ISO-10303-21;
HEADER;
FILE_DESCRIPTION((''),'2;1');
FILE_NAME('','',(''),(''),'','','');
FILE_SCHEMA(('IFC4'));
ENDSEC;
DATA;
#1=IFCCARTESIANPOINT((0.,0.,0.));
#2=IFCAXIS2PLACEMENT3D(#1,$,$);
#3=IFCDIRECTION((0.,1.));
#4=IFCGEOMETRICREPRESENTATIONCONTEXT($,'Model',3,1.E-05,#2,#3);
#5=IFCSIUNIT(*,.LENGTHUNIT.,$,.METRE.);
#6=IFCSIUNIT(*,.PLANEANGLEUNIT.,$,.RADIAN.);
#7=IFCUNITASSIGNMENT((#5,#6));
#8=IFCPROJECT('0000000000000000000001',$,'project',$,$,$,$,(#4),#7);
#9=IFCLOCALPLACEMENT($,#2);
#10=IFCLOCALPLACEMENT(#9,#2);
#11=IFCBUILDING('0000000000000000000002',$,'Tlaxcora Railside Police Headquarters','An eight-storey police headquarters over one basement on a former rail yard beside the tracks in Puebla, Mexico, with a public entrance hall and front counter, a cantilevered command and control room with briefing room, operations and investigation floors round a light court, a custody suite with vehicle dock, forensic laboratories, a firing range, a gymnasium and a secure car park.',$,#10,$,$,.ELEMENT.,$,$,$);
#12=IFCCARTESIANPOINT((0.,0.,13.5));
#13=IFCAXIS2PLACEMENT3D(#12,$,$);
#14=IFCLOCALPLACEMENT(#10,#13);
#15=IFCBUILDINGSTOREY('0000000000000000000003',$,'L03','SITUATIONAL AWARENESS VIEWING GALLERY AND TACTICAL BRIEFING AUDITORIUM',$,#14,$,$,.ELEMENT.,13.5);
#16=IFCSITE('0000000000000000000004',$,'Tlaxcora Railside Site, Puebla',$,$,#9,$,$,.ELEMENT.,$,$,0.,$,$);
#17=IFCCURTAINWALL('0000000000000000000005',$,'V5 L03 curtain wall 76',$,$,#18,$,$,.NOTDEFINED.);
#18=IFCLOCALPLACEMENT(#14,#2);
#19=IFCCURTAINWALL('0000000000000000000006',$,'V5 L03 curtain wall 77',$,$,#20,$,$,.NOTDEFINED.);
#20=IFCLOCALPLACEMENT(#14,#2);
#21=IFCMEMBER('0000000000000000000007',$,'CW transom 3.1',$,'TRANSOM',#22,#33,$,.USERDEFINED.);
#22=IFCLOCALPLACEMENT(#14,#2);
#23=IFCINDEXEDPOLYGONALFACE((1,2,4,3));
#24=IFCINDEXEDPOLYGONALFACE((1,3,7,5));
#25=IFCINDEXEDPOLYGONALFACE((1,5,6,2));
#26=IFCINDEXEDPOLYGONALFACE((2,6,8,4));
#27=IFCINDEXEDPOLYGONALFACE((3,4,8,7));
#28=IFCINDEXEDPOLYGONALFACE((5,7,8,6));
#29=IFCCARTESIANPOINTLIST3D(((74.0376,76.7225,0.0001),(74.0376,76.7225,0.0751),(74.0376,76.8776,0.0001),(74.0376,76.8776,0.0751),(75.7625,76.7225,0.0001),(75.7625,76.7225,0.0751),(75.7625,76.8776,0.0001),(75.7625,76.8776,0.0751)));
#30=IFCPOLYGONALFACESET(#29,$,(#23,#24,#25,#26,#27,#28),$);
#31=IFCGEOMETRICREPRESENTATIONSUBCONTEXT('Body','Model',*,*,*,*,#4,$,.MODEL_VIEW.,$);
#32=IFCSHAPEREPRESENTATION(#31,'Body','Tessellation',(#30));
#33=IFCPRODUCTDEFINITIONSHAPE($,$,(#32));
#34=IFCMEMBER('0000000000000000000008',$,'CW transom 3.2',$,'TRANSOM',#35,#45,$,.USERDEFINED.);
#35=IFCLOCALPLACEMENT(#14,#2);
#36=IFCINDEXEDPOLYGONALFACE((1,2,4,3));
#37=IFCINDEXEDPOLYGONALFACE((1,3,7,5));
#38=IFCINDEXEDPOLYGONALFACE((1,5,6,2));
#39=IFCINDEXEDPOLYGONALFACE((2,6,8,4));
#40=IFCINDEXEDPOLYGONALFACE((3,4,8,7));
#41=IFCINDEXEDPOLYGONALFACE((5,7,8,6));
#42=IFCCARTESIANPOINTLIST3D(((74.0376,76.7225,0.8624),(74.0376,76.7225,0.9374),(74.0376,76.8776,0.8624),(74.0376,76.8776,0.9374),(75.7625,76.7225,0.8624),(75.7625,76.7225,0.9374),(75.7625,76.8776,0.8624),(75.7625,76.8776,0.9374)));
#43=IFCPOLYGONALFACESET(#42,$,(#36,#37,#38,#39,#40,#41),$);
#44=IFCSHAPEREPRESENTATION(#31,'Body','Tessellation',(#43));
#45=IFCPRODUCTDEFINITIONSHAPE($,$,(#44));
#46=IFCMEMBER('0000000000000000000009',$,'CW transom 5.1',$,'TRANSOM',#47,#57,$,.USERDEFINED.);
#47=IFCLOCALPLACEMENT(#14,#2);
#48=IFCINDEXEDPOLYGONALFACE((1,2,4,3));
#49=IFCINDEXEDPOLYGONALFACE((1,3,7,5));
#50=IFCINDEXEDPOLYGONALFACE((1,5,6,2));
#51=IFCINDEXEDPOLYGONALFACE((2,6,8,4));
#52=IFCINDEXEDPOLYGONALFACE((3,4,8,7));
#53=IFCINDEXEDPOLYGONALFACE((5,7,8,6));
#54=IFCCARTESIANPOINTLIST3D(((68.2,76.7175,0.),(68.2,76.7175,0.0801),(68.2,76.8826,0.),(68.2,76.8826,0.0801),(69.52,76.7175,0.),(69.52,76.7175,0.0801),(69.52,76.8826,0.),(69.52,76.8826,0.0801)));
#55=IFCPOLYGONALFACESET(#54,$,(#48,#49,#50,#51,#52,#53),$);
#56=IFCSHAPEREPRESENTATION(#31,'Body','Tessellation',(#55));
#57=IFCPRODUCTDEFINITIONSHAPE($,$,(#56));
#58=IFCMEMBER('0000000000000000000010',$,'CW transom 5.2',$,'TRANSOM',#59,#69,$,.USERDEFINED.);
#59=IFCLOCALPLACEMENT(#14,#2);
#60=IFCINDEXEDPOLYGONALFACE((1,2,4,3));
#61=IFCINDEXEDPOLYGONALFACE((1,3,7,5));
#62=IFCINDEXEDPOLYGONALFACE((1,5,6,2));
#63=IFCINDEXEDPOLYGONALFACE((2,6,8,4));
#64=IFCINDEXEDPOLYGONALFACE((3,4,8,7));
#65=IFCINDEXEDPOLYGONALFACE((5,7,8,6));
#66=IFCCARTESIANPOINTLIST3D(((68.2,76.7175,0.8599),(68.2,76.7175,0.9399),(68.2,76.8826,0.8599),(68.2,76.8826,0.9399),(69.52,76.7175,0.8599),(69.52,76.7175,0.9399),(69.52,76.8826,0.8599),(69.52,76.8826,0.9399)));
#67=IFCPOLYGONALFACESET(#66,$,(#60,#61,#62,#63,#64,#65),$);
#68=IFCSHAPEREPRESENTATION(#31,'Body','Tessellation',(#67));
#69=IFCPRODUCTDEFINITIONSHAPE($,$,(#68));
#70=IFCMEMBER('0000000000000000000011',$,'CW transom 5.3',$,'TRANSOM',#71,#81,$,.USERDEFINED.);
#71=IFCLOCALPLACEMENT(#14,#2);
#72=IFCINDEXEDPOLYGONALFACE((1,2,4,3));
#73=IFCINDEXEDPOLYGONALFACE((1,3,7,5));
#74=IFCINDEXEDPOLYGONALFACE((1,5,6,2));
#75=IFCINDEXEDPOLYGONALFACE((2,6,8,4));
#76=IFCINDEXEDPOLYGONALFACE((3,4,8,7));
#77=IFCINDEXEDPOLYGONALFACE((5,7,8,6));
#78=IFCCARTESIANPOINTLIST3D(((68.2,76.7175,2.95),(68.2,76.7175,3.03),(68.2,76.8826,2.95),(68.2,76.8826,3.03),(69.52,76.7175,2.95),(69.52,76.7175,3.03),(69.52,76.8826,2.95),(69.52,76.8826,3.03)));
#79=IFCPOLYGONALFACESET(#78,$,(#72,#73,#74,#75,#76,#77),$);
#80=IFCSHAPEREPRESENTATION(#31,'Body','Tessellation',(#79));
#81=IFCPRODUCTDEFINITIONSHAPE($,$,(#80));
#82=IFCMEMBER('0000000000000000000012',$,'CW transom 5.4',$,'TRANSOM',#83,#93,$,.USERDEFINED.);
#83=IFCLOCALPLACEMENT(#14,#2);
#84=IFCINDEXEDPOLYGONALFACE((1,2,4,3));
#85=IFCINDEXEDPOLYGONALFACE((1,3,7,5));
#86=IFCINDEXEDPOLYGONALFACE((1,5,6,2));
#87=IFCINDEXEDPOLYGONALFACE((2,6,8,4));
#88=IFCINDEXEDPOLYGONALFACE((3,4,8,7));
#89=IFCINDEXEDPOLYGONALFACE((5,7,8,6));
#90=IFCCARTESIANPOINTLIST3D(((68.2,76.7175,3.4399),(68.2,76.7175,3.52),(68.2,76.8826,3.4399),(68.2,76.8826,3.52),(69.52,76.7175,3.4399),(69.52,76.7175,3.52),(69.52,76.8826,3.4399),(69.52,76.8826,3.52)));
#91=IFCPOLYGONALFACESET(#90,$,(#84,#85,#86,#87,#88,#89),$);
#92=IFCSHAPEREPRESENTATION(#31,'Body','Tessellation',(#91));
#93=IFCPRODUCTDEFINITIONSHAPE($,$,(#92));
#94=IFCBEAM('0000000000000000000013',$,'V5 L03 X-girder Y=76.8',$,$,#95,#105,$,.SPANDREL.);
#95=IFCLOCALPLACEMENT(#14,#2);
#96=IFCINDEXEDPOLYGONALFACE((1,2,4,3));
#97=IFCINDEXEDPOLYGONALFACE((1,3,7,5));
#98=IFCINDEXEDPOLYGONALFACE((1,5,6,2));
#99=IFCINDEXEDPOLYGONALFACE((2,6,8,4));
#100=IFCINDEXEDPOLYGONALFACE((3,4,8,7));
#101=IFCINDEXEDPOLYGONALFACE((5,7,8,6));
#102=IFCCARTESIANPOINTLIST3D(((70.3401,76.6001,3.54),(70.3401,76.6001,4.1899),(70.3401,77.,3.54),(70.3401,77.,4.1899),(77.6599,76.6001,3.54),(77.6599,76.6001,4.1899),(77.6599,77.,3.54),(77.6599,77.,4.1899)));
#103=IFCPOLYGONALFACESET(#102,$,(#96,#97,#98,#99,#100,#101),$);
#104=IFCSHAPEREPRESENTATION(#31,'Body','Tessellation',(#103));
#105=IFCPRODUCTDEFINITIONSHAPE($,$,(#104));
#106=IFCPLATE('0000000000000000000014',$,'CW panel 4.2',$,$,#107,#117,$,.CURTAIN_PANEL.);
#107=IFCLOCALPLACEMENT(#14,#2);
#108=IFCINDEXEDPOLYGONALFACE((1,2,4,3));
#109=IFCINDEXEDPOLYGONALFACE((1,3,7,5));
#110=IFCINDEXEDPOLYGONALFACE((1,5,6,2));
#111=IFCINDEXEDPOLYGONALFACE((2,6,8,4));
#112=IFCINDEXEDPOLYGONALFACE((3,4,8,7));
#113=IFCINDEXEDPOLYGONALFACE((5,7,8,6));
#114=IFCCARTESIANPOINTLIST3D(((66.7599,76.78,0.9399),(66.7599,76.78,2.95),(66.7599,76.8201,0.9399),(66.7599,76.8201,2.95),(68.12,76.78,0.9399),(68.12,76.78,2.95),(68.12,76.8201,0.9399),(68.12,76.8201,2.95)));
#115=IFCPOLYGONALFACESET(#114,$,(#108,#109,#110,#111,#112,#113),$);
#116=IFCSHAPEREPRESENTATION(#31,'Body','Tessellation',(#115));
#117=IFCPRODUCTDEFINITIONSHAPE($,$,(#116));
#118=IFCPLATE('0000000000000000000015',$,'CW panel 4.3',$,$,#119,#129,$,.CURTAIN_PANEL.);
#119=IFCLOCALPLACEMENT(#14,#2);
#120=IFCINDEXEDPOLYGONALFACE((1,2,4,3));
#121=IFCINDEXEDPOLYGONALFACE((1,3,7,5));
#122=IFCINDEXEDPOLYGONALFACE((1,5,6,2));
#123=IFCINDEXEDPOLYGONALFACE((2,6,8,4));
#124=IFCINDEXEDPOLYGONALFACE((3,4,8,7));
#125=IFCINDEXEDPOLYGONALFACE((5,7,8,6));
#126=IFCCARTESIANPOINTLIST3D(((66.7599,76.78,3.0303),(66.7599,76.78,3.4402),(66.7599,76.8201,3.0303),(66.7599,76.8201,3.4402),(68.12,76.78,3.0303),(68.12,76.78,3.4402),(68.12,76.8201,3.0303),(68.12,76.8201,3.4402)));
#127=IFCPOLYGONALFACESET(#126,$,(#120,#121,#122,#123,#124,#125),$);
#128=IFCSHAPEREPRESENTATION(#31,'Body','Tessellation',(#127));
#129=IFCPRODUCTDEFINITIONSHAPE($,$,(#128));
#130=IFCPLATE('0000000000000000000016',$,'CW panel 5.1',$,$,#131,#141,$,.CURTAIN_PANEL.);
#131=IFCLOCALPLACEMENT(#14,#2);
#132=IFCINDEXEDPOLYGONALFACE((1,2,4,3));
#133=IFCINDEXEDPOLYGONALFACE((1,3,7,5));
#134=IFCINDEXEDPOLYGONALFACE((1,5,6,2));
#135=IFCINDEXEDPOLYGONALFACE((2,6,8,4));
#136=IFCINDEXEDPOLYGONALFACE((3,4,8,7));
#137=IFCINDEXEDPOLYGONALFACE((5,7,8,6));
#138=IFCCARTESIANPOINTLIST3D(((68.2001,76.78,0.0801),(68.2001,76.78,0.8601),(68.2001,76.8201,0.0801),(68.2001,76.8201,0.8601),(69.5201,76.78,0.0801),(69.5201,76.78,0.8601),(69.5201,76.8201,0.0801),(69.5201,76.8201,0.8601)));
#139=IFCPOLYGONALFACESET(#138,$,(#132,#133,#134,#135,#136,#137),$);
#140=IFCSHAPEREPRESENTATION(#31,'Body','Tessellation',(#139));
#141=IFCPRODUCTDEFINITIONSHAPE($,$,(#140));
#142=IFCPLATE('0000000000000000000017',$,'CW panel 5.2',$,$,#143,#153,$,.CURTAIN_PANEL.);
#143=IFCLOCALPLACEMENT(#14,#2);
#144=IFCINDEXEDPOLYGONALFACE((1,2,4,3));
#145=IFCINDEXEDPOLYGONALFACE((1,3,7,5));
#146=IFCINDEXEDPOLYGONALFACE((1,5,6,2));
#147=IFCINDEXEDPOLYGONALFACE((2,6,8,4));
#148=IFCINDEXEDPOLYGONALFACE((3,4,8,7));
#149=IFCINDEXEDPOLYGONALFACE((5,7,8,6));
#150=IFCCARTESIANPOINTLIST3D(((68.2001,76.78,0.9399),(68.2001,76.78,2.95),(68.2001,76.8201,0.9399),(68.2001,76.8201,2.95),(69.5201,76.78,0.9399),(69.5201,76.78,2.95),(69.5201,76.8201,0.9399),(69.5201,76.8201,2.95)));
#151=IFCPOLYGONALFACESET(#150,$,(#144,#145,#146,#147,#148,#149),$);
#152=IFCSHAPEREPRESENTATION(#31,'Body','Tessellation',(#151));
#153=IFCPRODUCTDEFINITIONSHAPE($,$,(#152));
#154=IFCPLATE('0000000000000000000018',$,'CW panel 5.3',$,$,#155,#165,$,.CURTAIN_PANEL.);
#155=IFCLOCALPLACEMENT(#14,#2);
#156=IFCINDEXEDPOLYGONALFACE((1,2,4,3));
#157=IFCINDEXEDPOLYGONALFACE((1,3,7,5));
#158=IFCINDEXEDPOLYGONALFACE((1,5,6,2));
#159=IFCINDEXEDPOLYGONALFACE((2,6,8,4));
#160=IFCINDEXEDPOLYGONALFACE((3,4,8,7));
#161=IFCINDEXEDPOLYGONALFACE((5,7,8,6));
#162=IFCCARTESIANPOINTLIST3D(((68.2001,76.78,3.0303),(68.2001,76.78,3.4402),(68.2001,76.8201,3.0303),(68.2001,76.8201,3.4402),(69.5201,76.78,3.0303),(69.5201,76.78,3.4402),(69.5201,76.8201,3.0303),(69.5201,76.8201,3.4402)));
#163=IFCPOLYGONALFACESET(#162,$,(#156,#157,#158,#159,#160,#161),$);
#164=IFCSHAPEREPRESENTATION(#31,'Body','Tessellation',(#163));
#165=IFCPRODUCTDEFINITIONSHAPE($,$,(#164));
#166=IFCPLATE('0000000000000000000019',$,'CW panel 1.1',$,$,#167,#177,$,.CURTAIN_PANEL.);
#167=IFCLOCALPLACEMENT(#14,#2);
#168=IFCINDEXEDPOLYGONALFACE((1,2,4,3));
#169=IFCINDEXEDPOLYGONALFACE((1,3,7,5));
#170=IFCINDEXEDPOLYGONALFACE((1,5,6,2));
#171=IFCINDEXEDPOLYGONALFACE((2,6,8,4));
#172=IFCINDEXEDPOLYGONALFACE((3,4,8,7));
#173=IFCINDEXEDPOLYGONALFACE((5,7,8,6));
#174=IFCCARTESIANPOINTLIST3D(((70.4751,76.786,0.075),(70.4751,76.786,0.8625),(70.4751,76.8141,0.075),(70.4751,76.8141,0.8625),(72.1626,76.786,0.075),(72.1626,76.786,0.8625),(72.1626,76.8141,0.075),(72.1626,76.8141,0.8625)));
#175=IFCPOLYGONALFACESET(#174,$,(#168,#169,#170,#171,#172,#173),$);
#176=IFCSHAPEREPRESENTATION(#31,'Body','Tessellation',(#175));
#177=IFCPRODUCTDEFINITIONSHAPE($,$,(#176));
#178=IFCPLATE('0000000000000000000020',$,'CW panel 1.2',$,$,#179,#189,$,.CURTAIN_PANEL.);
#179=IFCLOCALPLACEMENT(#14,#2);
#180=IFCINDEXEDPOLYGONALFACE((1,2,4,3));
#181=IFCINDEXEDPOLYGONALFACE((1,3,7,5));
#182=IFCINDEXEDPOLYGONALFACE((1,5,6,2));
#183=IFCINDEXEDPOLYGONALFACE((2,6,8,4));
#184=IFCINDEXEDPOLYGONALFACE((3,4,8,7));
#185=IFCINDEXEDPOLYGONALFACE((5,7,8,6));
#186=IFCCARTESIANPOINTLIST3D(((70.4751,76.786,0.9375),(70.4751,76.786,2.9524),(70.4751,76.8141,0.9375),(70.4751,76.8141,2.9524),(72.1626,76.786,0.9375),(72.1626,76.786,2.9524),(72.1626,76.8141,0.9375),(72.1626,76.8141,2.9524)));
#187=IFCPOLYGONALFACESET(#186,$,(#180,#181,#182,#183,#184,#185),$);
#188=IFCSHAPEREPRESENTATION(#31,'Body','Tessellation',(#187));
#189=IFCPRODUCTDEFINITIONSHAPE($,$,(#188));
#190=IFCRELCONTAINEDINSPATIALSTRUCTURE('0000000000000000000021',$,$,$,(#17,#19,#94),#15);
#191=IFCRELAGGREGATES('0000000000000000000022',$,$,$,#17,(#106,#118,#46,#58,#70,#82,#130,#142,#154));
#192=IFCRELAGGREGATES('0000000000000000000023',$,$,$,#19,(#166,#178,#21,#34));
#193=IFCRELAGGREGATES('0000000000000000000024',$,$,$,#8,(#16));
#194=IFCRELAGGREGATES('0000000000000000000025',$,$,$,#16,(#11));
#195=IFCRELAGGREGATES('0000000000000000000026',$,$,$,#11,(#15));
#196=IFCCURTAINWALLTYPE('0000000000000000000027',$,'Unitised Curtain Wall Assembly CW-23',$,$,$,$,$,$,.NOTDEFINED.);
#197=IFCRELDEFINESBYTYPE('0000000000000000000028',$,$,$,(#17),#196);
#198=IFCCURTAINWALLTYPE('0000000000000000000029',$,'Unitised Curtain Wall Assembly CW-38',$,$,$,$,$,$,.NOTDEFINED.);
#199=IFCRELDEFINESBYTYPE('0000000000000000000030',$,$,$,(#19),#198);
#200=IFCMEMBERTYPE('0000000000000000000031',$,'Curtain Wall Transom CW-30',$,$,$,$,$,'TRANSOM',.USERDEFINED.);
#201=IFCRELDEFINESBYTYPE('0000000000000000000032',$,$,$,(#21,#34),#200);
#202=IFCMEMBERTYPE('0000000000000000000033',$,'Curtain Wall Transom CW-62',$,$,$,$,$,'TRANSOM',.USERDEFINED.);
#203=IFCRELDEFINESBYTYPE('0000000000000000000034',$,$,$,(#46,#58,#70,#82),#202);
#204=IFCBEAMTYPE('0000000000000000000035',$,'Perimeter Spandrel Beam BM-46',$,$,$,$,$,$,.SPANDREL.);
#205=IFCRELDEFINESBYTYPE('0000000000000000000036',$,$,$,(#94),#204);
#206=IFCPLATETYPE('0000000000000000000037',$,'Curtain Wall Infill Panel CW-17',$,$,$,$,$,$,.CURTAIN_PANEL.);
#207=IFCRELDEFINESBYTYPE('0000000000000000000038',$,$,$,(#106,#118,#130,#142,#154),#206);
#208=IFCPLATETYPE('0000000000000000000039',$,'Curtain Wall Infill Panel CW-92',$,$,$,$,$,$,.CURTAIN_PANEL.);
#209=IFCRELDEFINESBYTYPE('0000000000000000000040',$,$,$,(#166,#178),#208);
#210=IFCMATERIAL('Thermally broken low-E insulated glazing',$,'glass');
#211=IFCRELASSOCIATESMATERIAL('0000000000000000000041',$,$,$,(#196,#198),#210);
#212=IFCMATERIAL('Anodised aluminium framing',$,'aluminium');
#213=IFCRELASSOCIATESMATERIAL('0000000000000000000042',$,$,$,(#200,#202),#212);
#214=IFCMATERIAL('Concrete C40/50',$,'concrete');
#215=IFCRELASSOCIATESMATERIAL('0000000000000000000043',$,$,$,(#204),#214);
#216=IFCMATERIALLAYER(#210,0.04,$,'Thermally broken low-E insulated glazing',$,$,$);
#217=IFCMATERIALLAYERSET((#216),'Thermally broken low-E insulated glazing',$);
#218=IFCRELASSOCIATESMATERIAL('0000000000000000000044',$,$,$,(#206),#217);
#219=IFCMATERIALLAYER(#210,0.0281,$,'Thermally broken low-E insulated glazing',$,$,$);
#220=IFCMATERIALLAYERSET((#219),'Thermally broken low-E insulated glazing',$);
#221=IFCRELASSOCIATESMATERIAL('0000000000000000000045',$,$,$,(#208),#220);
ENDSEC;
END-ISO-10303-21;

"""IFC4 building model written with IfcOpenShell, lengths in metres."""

from ifc_helpers import new_model, si_unit, direction, frame, origin, origin_2d, place, context, subcontext, project, spatial, rectangle, extrude, material, layer, layer_set, material_profile, profile_set, type_object, element, aggregate, save


model = new_model("IFC4")

# Units and contexts
model_context = context("Model", 3, precision=1e-05, world=origin(), true_north=direction((0.0, 1.0)))
body_context = subcontext(model_context, "Body", "Model", "MODEL_VIEW")
ifc_project = project(units=[si_unit("LENGTHUNIT", "METRE"), si_unit("PLANEANGLEUNIT", "RADIAN")], contexts=[model_context])

# Site, building, storey
site_placement = place(None, origin())
site = spatial("IfcSite", under=ifc_project, at=site_placement, Name="Tlaxcora Railside Site, Puebla", CompositionType="ELEMENT", RefElevation=0.0)
building_placement = place(site_placement, origin())
building = spatial("IfcBuilding", under=site, at=building_placement, Name="Tlaxcora Railside Police Headquarters", Description="An eight-storey police headquarters over one basement on a former rail yard beside the tracks in Puebla, Mexico, with a public entrance hall and front counter, a cantilevered command and control room with briefing room, operations and investigation floors round a light court, a custody suite with vehicle dock, forensic laboratories, a firing range, a gymnasium and a secure car park.", CompositionType="ELEMENT")
storey_placement = place(building_placement, frame((0.0, 0.0, 13.5)))
storey = spatial("IfcBuildingStorey", under=building, at=storey_placement, Name="L03", Description="SITUATIONAL AWARENESS VIEWING GALLERY AND TACTICAL BRIEFING AUDITORIUM", CompositionType="ELEMENT", Elevation=13.5)

# Shared definitions
ifc_material_1 = material(Name="Concrete C40/50", Category="concrete")

# Curtain walls, members
ifc_material_2 = material(Name="Thermally broken low-E insulated glazing", Category="glass")
curtain_wall_type_1 = type_object("IfcCurtainWallType", Name="Unitised Curtain Wall Assembly CW-23", PredefinedType="NOTDEFINED", material=ifc_material_2)
curtain_wall_1_placement = place(storey_placement, origin())
curtain_wall_1 = element("IfcCurtainWall", 1, at=curtain_wall_1_placement, inside=storey, type_object=curtain_wall_type_1, Name="V5 L03 curtain wall 76", PredefinedType="NOTDEFINED")
ifc_material_3 = material(Name="Anodised aluminium framing", Category="aluminium")
curtain_wall_type_2 = type_object("IfcCurtainWallType", Name="Unitised Curtain Wall Assembly CW-38", PredefinedType="NOTDEFINED", material=ifc_material_2)
curtain_wall_2_placement = place(storey_placement, origin())
curtain_wall_2 = element("IfcCurtainWall", 2, at=curtain_wall_2_placement, inside=storey, type_object=curtain_wall_type_2, Name="V5 L03 curtain wall 77", PredefinedType="NOTDEFINED")
ifc_material_profile_1 = material_profile(ifc_material_3, rectangle(XDim=0.155, YDim=0.075, at=origin_2d()), Name="AL75X155")
ifc_profile_set_1 = profile_set([ifc_material_profile_1], Name="Anodised aluminium framing")
member_type_1 = type_object("IfcMemberType", Name="Curtain Wall Transom CW-30", ElementType="TRANSOM", PredefinedType="USERDEFINED", material=ifc_profile_set_1)
member_1_placement = place(storey_placement, frame((74.0376, 76.8, 0.0376), z_axis=(1.0, 0.0, 0.0), x_axis=(0.0, 1.0, 0.0)))
member_1 = element("IfcMember", 3, at=member_1_placement, type_object=member_type_1, Name="CW transom 3.1", ObjectType="TRANSOM", PredefinedType="USERDEFINED", context=body_context, shape_type="SweptSolid", body=[
    extrude(rectangle(XDim=0.155, YDim=0.075, at=origin_2d()), origin(), (0.0, 0.0, 1.0), 1.7249),
])
member_2_placement = place(storey_placement, frame((74.0376, 76.8, 0.8999), z_axis=(1.0, 0.0, 0.0), x_axis=(0.0, 1.0, 0.0)))
member_2 = element("IfcMember", 4, at=member_2_placement, type_object=member_type_1, Name="CW transom 3.2", ObjectType="TRANSOM", PredefinedType="USERDEFINED", context=body_context, shape_type="SweptSolid", body=[
    extrude(rectangle(XDim=0.155, YDim=0.075, at=origin_2d()), origin(), (0.0, 0.0, 1.0), 1.7249),
])

# Members
ifc_material_profile_2 = material_profile(ifc_material_3, rectangle(XDim=0.165, YDim=0.0801, at=origin_2d()), Name="AL80X165")
ifc_profile_set_2 = profile_set([ifc_material_profile_2], Name="Anodised aluminium framing")
member_type_2 = type_object("IfcMemberType", Name="Curtain Wall Transom CW-62", ElementType="TRANSOM", PredefinedType="USERDEFINED", material=ifc_profile_set_2)
member_3_placement = place(storey_placement, frame((68.2, 76.8, 0.04), z_axis=(1.0, 0.0, 0.0), x_axis=(0.0, 1.0, 0.0)))
member_3 = element("IfcMember", 5, at=member_3_placement, type_object=member_type_2, Name="CW transom 5.1", ObjectType="TRANSOM", PredefinedType="USERDEFINED", context=body_context, shape_type="SweptSolid", body=[
    extrude(rectangle(XDim=0.165, YDim=0.0801, at=origin_2d()), origin(), (0.0, 0.0, 1.0), 1.3201),
])
member_4_placement = place(storey_placement, frame((68.2, 76.8, 0.8999), z_axis=(1.0, 0.0, 0.0), x_axis=(0.0, 1.0, 0.0)))
member_4 = element("IfcMember", 6, at=member_4_placement, type_object=member_type_2, Name="CW transom 5.2", ObjectType="TRANSOM", PredefinedType="USERDEFINED", context=body_context, shape_type="SweptSolid", body=[
    extrude(rectangle(XDim=0.165, YDim=0.0801, at=origin_2d()), origin(), (0.0, 0.0, 1.0), 1.3201),
])
member_5_placement = place(storey_placement, frame((68.2, 76.8, 2.99), z_axis=(1.0, 0.0, 0.0), x_axis=(0.0, 1.0, 0.0)))
member_5 = element("IfcMember", 7, at=member_5_placement, type_object=member_type_2, Name="CW transom 5.3", ObjectType="TRANSOM", PredefinedType="USERDEFINED", context=body_context, shape_type="SweptSolid", body=[
    extrude(rectangle(XDim=0.165, YDim=0.0801, at=origin_2d()), origin(), (0.0, 0.0, 1.0), 1.3201),
])
member_6_placement = place(storey_placement, frame((68.2, 76.8, 3.48), z_axis=(1.0, 0.0, 0.0), x_axis=(0.0, 1.0, 0.0)))
member_6 = element("IfcMember", 8, at=member_6_placement, type_object=member_type_2, Name="CW transom 5.4", ObjectType="TRANSOM", PredefinedType="USERDEFINED", context=body_context, shape_type="SweptSolid", body=[
    extrude(rectangle(XDim=0.165, YDim=0.0801, at=origin_2d()), origin(), (0.0, 0.0, 1.0), 1.3201),
])

# Beam
ifc_material_profile_3 = material_profile(ifc_material_1, rectangle(XDim=0.3999, YDim=0.6499, at=origin_2d()), Name="RC400X650")
ifc_profile_set_3 = profile_set([ifc_material_profile_3], Name="Concrete C40/50")
beam_type = type_object("IfcBeamType", Name="Perimeter Spandrel Beam BM-46", PredefinedType="SPANDREL", material=ifc_profile_set_3)
beam_placement = place(storey_placement, frame((70.3401, 76.8, 3.865), z_axis=(1.0, 0.0, 0.0), x_axis=(0.0, 1.0, 0.0)))
element("IfcBeam", 9, at=beam_placement, inside=storey, type_object=beam_type, Name="V5 L03 X-girder Y=76.8", PredefinedType="SPANDREL", context=body_context, shape_type="SweptSolid", body=[
    extrude(rectangle(XDim=0.3999, YDim=0.6499, at=origin_2d()), origin(), (0.0, 0.0, 1.0), 7.3198),
])

# Plates
ifc_layer_1 = layer(ifc_material_2, 0.04, Name="Thermally broken low-E insulated glazing")
ifc_layer_set_1 = layer_set([ifc_layer_1], Name="Thermally broken low-E insulated glazing")
plate_type_1 = type_object("IfcPlateType", Name="Curtain Wall Infill Panel CW-17", PredefinedType="CURTAIN_PANEL", material=ifc_layer_set_1)
plate_1_placement = place(storey_placement, frame((67.4399, 76.8, 0.9399), z_axis=(0.0, 0.0, 1.0), x_axis=(1.0, 0.0, 0.0)))
plate_1 = element("IfcPlate", 10, at=plate_1_placement, type_object=plate_type_1, Name="CW panel 4.2", PredefinedType="CURTAIN_PANEL", context=body_context, shape_type="SweptSolid", body=[
    extrude(rectangle(XDim=1.3601, YDim=0.04, at=origin_2d()), origin(), (0.0, 0.0, 1.0), 2.01),
])
plate_2_placement = place(storey_placement, frame((67.4399, 76.8, 3.0303), z_axis=(0.0, 0.0, 1.0), x_axis=(1.0, 0.0, 0.0)))
plate_2 = element("IfcPlate", 11, at=plate_2_placement, type_object=plate_type_1, Name="CW panel 4.3", PredefinedType="CURTAIN_PANEL", context=body_context, shape_type="SweptSolid", body=[
    extrude(rectangle(XDim=1.3601, YDim=0.04, at=origin_2d()), origin(), (0.0, 0.0, 1.0), 0.4099),
])
plate_3_placement = place(storey_placement, frame((68.8601, 76.8, 0.0801), z_axis=(0.0, 0.0, 1.0), x_axis=(1.0, 0.0, 0.0)))
plate_3 = element("IfcPlate", 12, at=plate_3_placement, type_object=plate_type_1, Name="CW panel 5.1", PredefinedType="CURTAIN_PANEL", context=body_context, shape_type="SweptSolid", body=[
    extrude(rectangle(XDim=1.3201, YDim=0.04, at=origin_2d()), origin(), (0.0, 0.0, 1.0), 0.78),
])
plate_4_placement = place(storey_placement, frame((68.8601, 76.8, 0.9399), z_axis=(0.0, 0.0, 1.0), x_axis=(1.0, 0.0, 0.0)))
plate_4 = element("IfcPlate", 13, at=plate_4_placement, type_object=plate_type_1, Name="CW panel 5.2", PredefinedType="CURTAIN_PANEL", context=body_context, shape_type="SweptSolid", body=[
    extrude(rectangle(XDim=1.3201, YDim=0.04, at=origin_2d()), origin(), (0.0, 0.0, 1.0), 2.01),
])
plate_5_placement = place(storey_placement, frame((68.8601, 76.8, 3.0303), z_axis=(0.0, 0.0, 1.0), x_axis=(1.0, 0.0, 0.0)))
plate_5 = element("IfcPlate", 14, at=plate_5_placement, type_object=plate_type_1, Name="CW panel 5.3", PredefinedType="CURTAIN_PANEL", context=body_context, shape_type="SweptSolid", body=[
    extrude(rectangle(XDim=1.3201, YDim=0.04, at=origin_2d()), origin(), (0.0, 0.0, 1.0), 0.4099),
])
aggregate(curtain_wall_1, [plate_1, plate_2, member_3, member_4, member_5, member_6, plate_3, plate_4, plate_5])
ifc_layer_2 = layer(ifc_material_2, 0.0281, Name="Thermally broken low-E insulated glazing")
ifc_layer_set_2 = layer_set([ifc_layer_2], Name="Thermally broken low-E insulated glazing")
plate_type_2 = type_object("IfcPlateType", Name="Curtain Wall Infill Panel CW-92", PredefinedType="CURTAIN_PANEL", material=ifc_layer_set_2)
plate_6_placement = place(storey_placement, frame((71.3188, 76.8, 0.075), z_axis=(0.0, 0.0, 1.0), x_axis=(1.0, 0.0, 0.0)))
plate_6 = element("IfcPlate", 15, at=plate_6_placement, type_object=plate_type_2, Name="CW panel 1.1", PredefinedType="CURTAIN_PANEL", context=body_context, shape_type="SweptSolid", body=[
    extrude(rectangle(XDim=1.6875, YDim=0.0281, at=origin_2d()), origin(), (0.0, 0.0, 1.0), 0.7876),
])
plate_7_placement = place(storey_placement, frame((71.3188, 76.8, 0.9375), z_axis=(0.0, 0.0, 1.0), x_axis=(1.0, 0.0, 0.0)))
plate_7 = element("IfcPlate", 16, at=plate_7_placement, type_object=plate_type_2, Name="CW panel 1.2", PredefinedType="CURTAIN_PANEL", context=body_context, shape_type="SweptSolid", body=[
    extrude(rectangle(XDim=1.6875, YDim=0.0281, at=origin_2d()), origin(), (0.0, 0.0, 1.0), 2.0149),
])
aggregate(curtain_wall_2, [plate_6, plate_7, member_1, member_2])

save(model, "model.ifc")
